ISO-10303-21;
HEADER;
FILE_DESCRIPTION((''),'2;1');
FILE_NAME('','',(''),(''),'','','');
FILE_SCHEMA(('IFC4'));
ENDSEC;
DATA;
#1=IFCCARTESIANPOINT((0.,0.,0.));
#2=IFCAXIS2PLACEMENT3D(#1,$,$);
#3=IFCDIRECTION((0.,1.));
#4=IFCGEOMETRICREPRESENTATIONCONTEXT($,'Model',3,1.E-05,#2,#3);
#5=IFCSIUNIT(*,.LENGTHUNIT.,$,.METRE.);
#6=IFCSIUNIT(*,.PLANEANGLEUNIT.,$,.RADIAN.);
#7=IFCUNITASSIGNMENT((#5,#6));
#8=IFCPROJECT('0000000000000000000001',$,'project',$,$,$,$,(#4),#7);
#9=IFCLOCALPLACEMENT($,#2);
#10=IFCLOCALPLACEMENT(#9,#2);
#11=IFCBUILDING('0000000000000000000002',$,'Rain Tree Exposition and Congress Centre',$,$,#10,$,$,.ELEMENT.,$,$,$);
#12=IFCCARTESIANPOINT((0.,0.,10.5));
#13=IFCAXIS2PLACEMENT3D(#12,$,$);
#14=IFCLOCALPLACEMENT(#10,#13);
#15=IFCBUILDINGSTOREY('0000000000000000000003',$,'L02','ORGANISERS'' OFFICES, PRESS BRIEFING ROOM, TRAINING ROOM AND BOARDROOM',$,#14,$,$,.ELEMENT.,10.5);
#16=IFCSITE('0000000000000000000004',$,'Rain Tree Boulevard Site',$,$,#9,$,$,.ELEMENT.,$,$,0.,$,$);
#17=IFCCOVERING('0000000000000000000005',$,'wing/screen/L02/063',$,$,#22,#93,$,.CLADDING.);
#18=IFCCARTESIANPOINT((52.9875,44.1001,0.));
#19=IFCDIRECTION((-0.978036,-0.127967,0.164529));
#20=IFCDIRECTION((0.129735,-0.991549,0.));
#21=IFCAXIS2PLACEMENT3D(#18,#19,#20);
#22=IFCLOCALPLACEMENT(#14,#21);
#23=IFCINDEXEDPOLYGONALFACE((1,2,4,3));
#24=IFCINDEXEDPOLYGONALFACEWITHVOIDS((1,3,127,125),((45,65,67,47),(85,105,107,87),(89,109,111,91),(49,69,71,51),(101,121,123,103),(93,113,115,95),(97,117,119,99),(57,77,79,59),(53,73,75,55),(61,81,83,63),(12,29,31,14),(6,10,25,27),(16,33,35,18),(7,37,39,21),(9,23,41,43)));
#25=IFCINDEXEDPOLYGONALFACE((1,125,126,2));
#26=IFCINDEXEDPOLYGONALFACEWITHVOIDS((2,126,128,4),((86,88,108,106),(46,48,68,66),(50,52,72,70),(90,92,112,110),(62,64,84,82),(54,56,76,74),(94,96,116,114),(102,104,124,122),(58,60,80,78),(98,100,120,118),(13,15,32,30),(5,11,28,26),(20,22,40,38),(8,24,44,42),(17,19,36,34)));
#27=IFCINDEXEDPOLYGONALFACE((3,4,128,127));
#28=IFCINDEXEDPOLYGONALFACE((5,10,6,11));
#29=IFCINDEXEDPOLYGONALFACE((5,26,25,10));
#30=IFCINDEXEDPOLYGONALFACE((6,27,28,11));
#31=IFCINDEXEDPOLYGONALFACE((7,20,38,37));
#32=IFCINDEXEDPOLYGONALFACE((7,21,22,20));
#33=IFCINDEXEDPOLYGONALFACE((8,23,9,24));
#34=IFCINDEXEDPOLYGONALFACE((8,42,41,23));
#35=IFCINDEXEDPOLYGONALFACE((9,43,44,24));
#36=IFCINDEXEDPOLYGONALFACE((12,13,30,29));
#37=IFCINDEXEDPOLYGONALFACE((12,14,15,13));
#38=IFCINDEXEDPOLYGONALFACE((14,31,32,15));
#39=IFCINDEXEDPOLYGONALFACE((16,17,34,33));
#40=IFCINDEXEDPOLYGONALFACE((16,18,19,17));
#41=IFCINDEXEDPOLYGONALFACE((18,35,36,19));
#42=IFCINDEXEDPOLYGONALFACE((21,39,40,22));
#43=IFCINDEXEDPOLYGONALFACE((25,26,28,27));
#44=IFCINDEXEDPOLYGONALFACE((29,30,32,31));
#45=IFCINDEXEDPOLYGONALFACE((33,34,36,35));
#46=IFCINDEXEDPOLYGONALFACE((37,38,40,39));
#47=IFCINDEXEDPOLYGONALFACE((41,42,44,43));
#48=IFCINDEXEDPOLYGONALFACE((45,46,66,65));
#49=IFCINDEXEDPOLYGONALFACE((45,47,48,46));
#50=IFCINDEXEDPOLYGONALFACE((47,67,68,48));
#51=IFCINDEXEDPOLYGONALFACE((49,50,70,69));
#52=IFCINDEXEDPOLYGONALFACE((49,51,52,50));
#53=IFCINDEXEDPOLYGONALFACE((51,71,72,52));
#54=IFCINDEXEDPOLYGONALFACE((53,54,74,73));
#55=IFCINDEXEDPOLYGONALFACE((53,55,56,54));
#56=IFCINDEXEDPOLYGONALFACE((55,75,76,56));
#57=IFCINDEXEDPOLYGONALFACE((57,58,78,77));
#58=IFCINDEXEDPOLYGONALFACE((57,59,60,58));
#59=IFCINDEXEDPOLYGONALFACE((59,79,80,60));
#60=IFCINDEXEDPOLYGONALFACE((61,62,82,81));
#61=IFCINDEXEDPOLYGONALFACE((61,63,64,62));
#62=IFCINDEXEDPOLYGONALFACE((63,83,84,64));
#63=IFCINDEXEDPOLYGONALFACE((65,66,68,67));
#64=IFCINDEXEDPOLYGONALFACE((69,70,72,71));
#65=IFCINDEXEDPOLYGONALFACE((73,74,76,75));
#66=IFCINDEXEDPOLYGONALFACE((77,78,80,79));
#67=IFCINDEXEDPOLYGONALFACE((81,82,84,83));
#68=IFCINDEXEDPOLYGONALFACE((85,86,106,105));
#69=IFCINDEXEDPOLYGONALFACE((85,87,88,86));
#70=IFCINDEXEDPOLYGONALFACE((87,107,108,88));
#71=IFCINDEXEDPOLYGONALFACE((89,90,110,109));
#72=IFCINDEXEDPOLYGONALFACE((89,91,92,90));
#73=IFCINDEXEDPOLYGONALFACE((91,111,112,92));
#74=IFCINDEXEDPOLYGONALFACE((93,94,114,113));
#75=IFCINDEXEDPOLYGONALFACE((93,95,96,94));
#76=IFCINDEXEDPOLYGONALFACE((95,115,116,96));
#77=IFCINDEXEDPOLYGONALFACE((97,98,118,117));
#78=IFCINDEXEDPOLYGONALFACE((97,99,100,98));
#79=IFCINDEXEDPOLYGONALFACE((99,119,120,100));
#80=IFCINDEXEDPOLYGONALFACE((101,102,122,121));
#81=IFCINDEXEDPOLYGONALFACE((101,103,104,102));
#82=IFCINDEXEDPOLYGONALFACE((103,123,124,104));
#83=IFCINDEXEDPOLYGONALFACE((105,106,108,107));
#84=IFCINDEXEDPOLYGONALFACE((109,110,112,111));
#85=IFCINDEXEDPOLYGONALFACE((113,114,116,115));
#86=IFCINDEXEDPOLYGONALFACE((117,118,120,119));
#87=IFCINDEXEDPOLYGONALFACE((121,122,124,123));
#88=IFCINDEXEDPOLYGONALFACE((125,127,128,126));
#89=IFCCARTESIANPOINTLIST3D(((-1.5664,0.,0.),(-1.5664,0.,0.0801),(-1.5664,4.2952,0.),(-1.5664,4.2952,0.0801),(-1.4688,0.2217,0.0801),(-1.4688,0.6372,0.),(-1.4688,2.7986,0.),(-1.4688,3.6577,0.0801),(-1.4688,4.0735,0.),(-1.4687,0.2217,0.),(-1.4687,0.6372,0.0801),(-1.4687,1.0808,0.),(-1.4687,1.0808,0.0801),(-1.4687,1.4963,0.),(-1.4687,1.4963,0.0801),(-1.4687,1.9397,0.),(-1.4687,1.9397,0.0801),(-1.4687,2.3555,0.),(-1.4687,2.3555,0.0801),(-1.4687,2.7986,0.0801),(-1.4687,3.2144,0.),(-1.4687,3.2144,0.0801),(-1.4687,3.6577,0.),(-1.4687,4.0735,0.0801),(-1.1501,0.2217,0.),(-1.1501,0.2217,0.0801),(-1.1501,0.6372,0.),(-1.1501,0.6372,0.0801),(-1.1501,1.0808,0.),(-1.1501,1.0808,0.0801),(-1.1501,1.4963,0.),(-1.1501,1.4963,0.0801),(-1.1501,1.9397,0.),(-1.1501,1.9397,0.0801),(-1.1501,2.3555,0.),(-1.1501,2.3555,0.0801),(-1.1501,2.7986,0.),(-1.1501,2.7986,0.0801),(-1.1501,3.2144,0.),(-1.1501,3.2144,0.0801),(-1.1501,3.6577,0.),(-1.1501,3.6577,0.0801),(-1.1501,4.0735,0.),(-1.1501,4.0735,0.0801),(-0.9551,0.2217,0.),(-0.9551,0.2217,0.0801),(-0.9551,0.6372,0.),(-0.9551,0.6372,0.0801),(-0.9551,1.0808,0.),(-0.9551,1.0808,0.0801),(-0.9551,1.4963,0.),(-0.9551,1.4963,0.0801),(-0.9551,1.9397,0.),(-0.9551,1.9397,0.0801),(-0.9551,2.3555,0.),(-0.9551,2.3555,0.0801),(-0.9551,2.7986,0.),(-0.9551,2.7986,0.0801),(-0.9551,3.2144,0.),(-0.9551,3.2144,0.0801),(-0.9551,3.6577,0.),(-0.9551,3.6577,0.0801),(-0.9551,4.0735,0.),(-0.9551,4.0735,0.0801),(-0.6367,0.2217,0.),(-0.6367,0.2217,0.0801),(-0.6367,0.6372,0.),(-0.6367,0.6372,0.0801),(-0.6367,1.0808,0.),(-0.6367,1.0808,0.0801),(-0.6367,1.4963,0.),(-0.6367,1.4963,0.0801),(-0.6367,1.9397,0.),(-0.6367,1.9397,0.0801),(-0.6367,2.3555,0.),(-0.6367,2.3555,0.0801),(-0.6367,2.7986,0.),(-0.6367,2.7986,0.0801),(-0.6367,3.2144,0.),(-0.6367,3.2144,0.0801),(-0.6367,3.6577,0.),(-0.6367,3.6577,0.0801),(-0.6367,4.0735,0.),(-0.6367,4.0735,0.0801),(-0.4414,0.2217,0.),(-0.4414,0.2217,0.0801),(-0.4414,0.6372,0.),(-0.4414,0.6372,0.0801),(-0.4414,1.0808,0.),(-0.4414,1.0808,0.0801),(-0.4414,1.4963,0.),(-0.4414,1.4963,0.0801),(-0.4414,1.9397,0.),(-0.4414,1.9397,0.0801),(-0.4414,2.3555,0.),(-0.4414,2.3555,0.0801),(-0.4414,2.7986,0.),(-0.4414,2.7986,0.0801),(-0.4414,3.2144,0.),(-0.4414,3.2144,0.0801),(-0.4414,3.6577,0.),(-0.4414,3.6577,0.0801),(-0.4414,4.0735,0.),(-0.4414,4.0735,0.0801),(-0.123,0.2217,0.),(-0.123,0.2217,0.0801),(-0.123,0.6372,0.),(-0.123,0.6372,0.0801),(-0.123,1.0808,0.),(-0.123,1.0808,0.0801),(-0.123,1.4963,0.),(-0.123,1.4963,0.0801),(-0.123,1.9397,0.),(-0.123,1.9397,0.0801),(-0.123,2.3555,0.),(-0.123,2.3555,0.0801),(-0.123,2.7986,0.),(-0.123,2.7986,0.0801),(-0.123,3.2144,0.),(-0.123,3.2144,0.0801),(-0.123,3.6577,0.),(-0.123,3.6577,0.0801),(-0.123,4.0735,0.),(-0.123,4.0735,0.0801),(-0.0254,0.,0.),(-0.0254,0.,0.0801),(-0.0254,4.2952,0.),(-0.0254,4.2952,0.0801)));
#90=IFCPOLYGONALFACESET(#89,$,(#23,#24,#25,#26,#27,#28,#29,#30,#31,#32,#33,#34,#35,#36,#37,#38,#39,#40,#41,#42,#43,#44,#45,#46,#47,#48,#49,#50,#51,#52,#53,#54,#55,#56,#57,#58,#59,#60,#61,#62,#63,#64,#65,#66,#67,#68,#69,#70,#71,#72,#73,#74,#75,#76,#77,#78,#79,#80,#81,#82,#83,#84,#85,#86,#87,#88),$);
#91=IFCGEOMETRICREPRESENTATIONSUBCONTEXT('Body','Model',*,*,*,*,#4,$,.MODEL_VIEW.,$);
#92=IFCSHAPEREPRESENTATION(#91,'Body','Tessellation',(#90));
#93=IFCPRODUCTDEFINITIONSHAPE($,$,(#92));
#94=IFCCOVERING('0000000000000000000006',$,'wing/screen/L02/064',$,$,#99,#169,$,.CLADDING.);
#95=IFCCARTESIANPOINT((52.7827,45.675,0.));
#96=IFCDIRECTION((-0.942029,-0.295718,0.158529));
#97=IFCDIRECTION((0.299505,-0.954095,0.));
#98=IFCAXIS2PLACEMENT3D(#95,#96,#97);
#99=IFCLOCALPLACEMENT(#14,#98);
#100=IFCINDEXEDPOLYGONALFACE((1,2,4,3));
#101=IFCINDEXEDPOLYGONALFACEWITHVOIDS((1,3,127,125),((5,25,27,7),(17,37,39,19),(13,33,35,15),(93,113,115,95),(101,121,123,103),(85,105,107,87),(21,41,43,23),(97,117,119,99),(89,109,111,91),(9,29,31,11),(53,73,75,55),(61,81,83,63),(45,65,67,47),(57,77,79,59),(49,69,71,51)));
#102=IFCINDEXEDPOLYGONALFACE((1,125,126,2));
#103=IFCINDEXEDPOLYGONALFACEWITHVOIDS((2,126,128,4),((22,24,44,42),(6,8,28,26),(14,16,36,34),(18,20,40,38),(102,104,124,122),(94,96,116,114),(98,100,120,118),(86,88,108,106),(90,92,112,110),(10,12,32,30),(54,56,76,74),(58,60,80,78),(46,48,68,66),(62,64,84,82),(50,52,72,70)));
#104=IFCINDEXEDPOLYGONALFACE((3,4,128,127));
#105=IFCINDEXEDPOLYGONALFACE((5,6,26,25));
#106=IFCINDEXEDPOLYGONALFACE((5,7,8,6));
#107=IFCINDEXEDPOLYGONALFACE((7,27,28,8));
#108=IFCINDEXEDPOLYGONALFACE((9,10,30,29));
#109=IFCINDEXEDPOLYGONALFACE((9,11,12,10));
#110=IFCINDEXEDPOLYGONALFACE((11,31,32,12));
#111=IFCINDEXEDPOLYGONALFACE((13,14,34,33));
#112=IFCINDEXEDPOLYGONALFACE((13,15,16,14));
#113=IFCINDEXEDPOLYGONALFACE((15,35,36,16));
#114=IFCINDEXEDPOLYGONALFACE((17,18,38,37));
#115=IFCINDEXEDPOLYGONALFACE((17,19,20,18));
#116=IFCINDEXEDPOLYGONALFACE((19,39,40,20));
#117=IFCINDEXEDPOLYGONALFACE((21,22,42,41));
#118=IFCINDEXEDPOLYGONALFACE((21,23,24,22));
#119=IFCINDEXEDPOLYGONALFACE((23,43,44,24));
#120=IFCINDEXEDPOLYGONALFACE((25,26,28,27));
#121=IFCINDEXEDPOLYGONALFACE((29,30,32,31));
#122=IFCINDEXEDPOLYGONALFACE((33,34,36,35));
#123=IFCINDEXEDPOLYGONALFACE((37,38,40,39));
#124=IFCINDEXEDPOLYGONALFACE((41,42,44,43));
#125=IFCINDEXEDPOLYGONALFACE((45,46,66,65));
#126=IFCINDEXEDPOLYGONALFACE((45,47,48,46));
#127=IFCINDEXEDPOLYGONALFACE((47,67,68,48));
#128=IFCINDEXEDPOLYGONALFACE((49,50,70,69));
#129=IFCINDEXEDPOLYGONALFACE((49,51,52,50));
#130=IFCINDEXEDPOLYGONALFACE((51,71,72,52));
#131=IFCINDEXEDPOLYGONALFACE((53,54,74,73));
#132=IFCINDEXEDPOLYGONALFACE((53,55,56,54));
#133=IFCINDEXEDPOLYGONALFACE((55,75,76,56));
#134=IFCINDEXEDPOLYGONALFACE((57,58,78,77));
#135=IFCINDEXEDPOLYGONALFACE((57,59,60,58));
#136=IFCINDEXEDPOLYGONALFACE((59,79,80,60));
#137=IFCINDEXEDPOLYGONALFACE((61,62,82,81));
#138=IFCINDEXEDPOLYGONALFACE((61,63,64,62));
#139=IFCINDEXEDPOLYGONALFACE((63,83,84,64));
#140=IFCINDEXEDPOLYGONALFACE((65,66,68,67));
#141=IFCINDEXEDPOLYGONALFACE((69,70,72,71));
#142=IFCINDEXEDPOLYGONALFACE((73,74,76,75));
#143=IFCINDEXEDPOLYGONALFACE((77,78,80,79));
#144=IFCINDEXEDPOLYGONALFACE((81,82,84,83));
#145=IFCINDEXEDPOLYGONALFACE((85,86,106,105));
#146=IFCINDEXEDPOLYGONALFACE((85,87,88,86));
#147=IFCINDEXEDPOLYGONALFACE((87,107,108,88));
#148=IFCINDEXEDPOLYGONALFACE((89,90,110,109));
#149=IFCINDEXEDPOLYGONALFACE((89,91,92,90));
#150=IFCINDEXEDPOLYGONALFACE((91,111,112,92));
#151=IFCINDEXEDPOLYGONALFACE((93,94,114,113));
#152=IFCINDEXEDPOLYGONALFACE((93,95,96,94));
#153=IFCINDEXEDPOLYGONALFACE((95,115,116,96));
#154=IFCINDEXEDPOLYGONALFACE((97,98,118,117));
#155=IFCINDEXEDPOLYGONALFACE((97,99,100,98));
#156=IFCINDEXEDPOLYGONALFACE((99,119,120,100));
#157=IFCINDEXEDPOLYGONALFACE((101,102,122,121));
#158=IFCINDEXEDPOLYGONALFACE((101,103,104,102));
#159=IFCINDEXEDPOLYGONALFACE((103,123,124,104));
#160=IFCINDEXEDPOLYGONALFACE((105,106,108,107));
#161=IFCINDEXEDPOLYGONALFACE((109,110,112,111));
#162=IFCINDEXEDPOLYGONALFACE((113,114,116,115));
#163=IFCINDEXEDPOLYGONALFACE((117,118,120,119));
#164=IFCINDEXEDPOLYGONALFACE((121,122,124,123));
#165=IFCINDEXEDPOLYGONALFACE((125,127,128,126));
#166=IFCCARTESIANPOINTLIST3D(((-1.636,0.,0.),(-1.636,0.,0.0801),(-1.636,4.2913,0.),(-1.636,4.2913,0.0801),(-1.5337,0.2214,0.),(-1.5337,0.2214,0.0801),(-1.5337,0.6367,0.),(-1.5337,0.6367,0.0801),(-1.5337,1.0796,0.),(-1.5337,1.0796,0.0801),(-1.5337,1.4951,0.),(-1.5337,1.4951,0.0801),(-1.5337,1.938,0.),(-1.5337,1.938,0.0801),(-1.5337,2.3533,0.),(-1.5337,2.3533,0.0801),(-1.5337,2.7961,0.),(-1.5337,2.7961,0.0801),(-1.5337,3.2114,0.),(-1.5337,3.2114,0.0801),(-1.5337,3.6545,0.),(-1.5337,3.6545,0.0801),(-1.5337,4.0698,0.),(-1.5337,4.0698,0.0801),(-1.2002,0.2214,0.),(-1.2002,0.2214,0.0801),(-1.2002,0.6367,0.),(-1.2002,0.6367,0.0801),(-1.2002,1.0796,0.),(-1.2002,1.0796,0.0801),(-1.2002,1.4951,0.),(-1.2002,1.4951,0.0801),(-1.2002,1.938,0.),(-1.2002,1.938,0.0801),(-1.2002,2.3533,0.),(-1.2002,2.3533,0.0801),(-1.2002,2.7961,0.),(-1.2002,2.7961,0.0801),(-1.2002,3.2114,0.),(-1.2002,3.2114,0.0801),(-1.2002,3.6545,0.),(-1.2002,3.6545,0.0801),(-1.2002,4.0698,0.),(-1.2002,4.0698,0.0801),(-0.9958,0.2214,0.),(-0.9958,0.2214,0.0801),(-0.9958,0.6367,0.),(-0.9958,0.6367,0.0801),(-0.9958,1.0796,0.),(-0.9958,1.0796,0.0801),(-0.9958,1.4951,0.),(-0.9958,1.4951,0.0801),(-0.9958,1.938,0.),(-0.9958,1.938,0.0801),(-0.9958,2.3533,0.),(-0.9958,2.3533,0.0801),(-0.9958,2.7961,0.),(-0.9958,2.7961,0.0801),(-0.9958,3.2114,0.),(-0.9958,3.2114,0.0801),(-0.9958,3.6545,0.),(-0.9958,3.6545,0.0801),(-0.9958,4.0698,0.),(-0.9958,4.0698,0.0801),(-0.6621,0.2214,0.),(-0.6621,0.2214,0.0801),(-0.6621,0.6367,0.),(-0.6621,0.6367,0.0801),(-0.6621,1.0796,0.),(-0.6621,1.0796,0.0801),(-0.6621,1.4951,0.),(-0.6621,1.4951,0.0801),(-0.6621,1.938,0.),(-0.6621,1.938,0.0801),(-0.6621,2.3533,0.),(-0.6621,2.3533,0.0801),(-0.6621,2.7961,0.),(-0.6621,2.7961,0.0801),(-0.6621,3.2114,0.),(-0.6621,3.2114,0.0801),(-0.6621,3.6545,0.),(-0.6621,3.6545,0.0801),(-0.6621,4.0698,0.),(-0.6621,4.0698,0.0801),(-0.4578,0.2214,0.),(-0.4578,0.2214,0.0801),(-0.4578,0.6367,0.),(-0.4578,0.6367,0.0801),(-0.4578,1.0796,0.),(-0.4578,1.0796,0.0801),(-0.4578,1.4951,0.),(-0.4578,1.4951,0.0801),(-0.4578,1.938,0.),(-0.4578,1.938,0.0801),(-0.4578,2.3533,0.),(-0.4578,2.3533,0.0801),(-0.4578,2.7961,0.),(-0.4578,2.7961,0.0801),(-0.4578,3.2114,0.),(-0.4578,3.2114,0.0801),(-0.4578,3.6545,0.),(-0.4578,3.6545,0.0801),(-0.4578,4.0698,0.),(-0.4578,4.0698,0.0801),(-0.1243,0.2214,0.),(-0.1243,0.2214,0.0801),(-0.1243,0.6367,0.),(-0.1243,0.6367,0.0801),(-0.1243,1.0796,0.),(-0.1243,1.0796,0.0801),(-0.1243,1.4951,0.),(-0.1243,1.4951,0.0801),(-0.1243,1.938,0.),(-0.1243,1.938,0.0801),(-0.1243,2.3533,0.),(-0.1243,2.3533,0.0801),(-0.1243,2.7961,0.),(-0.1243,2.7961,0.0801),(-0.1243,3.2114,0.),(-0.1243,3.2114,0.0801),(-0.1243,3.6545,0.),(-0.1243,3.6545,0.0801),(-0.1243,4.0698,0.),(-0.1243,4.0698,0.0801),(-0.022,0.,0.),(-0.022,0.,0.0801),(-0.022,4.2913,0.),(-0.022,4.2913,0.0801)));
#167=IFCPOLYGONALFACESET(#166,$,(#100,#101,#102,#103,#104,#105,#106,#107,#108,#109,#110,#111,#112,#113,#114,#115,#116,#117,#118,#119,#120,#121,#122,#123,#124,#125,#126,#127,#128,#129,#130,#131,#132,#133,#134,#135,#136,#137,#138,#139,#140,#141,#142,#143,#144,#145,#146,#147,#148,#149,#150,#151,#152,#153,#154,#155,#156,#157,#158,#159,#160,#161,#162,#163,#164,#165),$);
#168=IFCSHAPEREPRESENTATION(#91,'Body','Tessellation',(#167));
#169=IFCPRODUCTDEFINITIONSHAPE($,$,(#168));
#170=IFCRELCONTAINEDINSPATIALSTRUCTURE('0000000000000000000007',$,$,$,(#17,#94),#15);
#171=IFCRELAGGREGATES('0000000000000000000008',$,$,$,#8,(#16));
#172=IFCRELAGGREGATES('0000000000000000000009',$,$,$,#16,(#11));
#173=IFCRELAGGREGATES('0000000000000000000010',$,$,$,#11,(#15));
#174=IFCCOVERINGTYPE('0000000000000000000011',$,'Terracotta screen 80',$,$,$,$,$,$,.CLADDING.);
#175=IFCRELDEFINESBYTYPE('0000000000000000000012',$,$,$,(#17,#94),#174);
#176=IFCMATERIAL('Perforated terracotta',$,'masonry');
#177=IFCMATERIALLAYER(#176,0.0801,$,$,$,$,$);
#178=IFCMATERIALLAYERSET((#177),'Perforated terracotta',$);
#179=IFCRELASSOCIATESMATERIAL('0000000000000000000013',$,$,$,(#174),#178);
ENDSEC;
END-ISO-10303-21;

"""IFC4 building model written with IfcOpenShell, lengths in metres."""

from ifc_helpers import new_model, si_unit, direction, frame, origin, place, context, subcontext, project, spatial, polyline, outline, extrude, material, layer, layer_set, type_object, element, save


model = new_model("IFC4")

# Units and contexts
model_context = context("Model", 3, precision=1e-05, world=origin(), true_north=direction((0.0, 1.0)))
body_context = subcontext(model_context, "Body", "Model", "MODEL_VIEW")
ifc_project = project(units=[si_unit("LENGTHUNIT", "METRE"), si_unit("PLANEANGLEUNIT", "RADIAN")], contexts=[model_context])

# Site, building, storey
site_placement = place(None, origin())
site = spatial("IfcSite", under=ifc_project, at=site_placement, Name="Rain Tree Boulevard Site", CompositionType="ELEMENT", RefElevation=0.0)
building_placement = place(site_placement, origin())
building = spatial("IfcBuilding", under=site, at=building_placement, Name="Rain Tree Exposition and Congress Centre", CompositionType="ELEMENT")
storey_placement = place(building_placement, frame((0.0, 0.0, 10.5)))
storey = spatial("IfcBuildingStorey", under=building, at=storey_placement, Name="L02", Description="ORGANISERS' OFFICES, PRESS BRIEFING ROOM, TRAINING ROOM AND BOARDROOM", CompositionType="ELEMENT", Elevation=10.5)

# Coverings
ifc_material_1 = material(Name="Perforated terracotta", Category="masonry")
ifc_layer_1 = layer(ifc_material_1, 0.0801)
ifc_layer_set_1 = layer_set([ifc_layer_1], Name="Perforated terracotta")
covering_type = type_object("IfcCoveringType", Name="Terracotta screen 80", PredefinedType="CLADDING", material=ifc_layer_set_1)
covering_1_placement = place(storey_placement, frame((52.9875, 44.1001, 0.0), z_axis=(-0.978036, -0.127967, 0.164529), x_axis=(0.129735, -0.991549, 0.0)))
element("IfcCovering", 1, at=covering_1_placement, inside=storey, type_object=covering_type, Name="wing/screen/L02/063", PredefinedType="CLADDING", context=body_context, shape_type="SweptSolid", body=[
    extrude(outline(polyline([(-1.5664, 0.0), (-1.5664, 4.2952), (-0.0254, 4.2952), (-0.0254, 0.0), (-1.5664, 0.0)]), holes=[polyline([(-0.123, 0.2217), (-0.123, 0.6372), (-0.4414, 0.6372), (-0.4414, 0.2217), (-0.123, 0.2217)]), polyline([(-0.123, 1.0808), (-0.123, 1.4963), (-0.4414, 1.4963), (-0.4414, 1.0808), (-0.123, 1.0808)]), polyline([(-0.123, 1.9397), (-0.123, 2.3555), (-0.4414, 2.3555), (-0.4414, 1.9397), (-0.123, 1.9397)]), polyline([(-0.123, 2.7986), (-0.123, 3.2144), (-0.4414, 3.2144), (-0.4414, 2.7986), (-0.123, 2.7986)]), polyline([(-0.123, 3.6577), (-0.123, 4.0735), (-0.4414, 4.0735), (-0.4414, 3.6577), (-0.123, 3.6577)]), polyline([(-0.6367, 0.2217), (-0.6367, 0.6372), (-0.9551, 0.6372), (-0.9551, 0.2217), (-0.6367, 0.2217)]), polyline([(-0.6367, 1.0808), (-0.6367, 1.4963), (-0.9551, 1.4963), (-0.9551, 1.0808), (-0.6367, 1.0808)]), polyline([(-0.6367, 1.9397), (-0.6367, 2.3555), (-0.9551, 2.3555), (-0.9551, 1.9397), (-0.6367, 1.9397)]), polyline([(-0.6367, 2.7986), (-0.6367, 3.2144), (-0.9551, 3.2144), (-0.9551, 2.7986), (-0.6367, 2.7986)]), polyline([(-0.6367, 3.6577), (-0.6367, 4.0735), (-0.9551, 4.0735), (-0.9551, 3.6577), (-0.6367, 3.6577)]), polyline([(-1.1501, 0.2217), (-1.1501, 0.6372), (-1.4688, 0.6372), (-1.4688, 0.2217), (-1.1501, 0.2217)]), polyline([(-1.1501, 1.0808), (-1.1501, 1.4963), (-1.4688, 1.4963), (-1.4688, 1.0808), (-1.1501, 1.0808)]), polyline([(-1.1501, 1.9397), (-1.1501, 2.3555), (-1.4688, 2.3555), (-1.4688, 1.9397), (-1.1501, 1.9397)]), polyline([(-1.1501, 2.7986), (-1.1501, 3.2144), (-1.4688, 3.2144), (-1.4688, 2.7986), (-1.1501, 2.7986)]), polyline([(-1.1501, 3.6577), (-1.1501, 4.0735), (-1.4688, 4.0735), (-1.4688, 3.6577), (-1.1501, 3.6577)])]), origin(), (0.0, 0.0, 1.0), 0.0801),
])
covering_2_placement = place(storey_placement, frame((52.7827, 45.675, 0.0), z_axis=(-0.942029, -0.295718, 0.158529), x_axis=(0.299505, -0.954095, 0.0)))
element("IfcCovering", 2, at=covering_2_placement, inside=storey, type_object=covering_type, Name="wing/screen/L02/064", PredefinedType="CLADDING", context=body_context, shape_type="SweptSolid", body=[
    extrude(outline(polyline([(-1.636, 0.0), (-1.636, 4.2913), (-0.022, 4.2913), (-0.022, 0.0), (-1.636, 0.0)]), holes=[polyline([(-0.1243, 0.2214), (-0.1243, 0.6367), (-0.4578, 0.6367), (-0.4578, 0.2214), (-0.1243, 0.2214)]), polyline([(-0.1243, 1.0796), (-0.1243, 1.4951), (-0.4578, 1.4951), (-0.4578, 1.0796), (-0.1243, 1.0796)]), polyline([(-0.1243, 1.938), (-0.1243, 2.3533), (-0.4578, 2.3533), (-0.4578, 1.938), (-0.1243, 1.938)]), polyline([(-0.1243, 2.7961), (-0.1243, 3.2114), (-0.4578, 3.2114), (-0.4578, 2.7961), (-0.1243, 2.7961)]), polyline([(-0.1243, 3.6545), (-0.1243, 4.0698), (-0.4578, 4.0698), (-0.4578, 3.6545), (-0.1243, 3.6545)]), polyline([(-0.6621, 0.2214), (-0.6621, 0.6367), (-0.9958, 0.6367), (-0.9958, 0.2214), (-0.6621, 0.2214)]), polyline([(-0.6621, 1.0796), (-0.6621, 1.4951), (-0.9958, 1.4951), (-0.9958, 1.0796), (-0.6621, 1.0796)]), polyline([(-0.6621, 1.938), (-0.6621, 2.3533), (-0.9958, 2.3533), (-0.9958, 1.938), (-0.6621, 1.938)]), polyline([(-0.6621, 2.7961), (-0.6621, 3.2114), (-0.9958, 3.2114), (-0.9958, 2.7961), (-0.6621, 2.7961)]), polyline([(-0.6621, 3.6545), (-0.6621, 4.0698), (-0.9958, 4.0698), (-0.9958, 3.6545), (-0.6621, 3.6545)]), polyline([(-1.2002, 0.2214), (-1.2002, 0.6367), (-1.5337, 0.6367), (-1.5337, 0.2214), (-1.2002, 0.2214)]), polyline([(-1.2002, 1.0796), (-1.2002, 1.4951), (-1.5337, 1.4951), (-1.5337, 1.0796), (-1.2002, 1.0796)]), polyline([(-1.2002, 1.938), (-1.2002, 2.3533), (-1.5337, 2.3533), (-1.5337, 1.938), (-1.2002, 1.938)]), polyline([(-1.2002, 2.7961), (-1.2002, 3.2114), (-1.5337, 3.2114), (-1.5337, 2.7961), (-1.2002, 2.7961)]), polyline([(-1.2002, 3.6545), (-1.2002, 4.0698), (-1.5337, 4.0698), (-1.5337, 3.6545), (-1.2002, 3.6545)])]), origin(), (0.0, 0.0, 1.0), 0.0801),
])

save(model, "model.ifc")
